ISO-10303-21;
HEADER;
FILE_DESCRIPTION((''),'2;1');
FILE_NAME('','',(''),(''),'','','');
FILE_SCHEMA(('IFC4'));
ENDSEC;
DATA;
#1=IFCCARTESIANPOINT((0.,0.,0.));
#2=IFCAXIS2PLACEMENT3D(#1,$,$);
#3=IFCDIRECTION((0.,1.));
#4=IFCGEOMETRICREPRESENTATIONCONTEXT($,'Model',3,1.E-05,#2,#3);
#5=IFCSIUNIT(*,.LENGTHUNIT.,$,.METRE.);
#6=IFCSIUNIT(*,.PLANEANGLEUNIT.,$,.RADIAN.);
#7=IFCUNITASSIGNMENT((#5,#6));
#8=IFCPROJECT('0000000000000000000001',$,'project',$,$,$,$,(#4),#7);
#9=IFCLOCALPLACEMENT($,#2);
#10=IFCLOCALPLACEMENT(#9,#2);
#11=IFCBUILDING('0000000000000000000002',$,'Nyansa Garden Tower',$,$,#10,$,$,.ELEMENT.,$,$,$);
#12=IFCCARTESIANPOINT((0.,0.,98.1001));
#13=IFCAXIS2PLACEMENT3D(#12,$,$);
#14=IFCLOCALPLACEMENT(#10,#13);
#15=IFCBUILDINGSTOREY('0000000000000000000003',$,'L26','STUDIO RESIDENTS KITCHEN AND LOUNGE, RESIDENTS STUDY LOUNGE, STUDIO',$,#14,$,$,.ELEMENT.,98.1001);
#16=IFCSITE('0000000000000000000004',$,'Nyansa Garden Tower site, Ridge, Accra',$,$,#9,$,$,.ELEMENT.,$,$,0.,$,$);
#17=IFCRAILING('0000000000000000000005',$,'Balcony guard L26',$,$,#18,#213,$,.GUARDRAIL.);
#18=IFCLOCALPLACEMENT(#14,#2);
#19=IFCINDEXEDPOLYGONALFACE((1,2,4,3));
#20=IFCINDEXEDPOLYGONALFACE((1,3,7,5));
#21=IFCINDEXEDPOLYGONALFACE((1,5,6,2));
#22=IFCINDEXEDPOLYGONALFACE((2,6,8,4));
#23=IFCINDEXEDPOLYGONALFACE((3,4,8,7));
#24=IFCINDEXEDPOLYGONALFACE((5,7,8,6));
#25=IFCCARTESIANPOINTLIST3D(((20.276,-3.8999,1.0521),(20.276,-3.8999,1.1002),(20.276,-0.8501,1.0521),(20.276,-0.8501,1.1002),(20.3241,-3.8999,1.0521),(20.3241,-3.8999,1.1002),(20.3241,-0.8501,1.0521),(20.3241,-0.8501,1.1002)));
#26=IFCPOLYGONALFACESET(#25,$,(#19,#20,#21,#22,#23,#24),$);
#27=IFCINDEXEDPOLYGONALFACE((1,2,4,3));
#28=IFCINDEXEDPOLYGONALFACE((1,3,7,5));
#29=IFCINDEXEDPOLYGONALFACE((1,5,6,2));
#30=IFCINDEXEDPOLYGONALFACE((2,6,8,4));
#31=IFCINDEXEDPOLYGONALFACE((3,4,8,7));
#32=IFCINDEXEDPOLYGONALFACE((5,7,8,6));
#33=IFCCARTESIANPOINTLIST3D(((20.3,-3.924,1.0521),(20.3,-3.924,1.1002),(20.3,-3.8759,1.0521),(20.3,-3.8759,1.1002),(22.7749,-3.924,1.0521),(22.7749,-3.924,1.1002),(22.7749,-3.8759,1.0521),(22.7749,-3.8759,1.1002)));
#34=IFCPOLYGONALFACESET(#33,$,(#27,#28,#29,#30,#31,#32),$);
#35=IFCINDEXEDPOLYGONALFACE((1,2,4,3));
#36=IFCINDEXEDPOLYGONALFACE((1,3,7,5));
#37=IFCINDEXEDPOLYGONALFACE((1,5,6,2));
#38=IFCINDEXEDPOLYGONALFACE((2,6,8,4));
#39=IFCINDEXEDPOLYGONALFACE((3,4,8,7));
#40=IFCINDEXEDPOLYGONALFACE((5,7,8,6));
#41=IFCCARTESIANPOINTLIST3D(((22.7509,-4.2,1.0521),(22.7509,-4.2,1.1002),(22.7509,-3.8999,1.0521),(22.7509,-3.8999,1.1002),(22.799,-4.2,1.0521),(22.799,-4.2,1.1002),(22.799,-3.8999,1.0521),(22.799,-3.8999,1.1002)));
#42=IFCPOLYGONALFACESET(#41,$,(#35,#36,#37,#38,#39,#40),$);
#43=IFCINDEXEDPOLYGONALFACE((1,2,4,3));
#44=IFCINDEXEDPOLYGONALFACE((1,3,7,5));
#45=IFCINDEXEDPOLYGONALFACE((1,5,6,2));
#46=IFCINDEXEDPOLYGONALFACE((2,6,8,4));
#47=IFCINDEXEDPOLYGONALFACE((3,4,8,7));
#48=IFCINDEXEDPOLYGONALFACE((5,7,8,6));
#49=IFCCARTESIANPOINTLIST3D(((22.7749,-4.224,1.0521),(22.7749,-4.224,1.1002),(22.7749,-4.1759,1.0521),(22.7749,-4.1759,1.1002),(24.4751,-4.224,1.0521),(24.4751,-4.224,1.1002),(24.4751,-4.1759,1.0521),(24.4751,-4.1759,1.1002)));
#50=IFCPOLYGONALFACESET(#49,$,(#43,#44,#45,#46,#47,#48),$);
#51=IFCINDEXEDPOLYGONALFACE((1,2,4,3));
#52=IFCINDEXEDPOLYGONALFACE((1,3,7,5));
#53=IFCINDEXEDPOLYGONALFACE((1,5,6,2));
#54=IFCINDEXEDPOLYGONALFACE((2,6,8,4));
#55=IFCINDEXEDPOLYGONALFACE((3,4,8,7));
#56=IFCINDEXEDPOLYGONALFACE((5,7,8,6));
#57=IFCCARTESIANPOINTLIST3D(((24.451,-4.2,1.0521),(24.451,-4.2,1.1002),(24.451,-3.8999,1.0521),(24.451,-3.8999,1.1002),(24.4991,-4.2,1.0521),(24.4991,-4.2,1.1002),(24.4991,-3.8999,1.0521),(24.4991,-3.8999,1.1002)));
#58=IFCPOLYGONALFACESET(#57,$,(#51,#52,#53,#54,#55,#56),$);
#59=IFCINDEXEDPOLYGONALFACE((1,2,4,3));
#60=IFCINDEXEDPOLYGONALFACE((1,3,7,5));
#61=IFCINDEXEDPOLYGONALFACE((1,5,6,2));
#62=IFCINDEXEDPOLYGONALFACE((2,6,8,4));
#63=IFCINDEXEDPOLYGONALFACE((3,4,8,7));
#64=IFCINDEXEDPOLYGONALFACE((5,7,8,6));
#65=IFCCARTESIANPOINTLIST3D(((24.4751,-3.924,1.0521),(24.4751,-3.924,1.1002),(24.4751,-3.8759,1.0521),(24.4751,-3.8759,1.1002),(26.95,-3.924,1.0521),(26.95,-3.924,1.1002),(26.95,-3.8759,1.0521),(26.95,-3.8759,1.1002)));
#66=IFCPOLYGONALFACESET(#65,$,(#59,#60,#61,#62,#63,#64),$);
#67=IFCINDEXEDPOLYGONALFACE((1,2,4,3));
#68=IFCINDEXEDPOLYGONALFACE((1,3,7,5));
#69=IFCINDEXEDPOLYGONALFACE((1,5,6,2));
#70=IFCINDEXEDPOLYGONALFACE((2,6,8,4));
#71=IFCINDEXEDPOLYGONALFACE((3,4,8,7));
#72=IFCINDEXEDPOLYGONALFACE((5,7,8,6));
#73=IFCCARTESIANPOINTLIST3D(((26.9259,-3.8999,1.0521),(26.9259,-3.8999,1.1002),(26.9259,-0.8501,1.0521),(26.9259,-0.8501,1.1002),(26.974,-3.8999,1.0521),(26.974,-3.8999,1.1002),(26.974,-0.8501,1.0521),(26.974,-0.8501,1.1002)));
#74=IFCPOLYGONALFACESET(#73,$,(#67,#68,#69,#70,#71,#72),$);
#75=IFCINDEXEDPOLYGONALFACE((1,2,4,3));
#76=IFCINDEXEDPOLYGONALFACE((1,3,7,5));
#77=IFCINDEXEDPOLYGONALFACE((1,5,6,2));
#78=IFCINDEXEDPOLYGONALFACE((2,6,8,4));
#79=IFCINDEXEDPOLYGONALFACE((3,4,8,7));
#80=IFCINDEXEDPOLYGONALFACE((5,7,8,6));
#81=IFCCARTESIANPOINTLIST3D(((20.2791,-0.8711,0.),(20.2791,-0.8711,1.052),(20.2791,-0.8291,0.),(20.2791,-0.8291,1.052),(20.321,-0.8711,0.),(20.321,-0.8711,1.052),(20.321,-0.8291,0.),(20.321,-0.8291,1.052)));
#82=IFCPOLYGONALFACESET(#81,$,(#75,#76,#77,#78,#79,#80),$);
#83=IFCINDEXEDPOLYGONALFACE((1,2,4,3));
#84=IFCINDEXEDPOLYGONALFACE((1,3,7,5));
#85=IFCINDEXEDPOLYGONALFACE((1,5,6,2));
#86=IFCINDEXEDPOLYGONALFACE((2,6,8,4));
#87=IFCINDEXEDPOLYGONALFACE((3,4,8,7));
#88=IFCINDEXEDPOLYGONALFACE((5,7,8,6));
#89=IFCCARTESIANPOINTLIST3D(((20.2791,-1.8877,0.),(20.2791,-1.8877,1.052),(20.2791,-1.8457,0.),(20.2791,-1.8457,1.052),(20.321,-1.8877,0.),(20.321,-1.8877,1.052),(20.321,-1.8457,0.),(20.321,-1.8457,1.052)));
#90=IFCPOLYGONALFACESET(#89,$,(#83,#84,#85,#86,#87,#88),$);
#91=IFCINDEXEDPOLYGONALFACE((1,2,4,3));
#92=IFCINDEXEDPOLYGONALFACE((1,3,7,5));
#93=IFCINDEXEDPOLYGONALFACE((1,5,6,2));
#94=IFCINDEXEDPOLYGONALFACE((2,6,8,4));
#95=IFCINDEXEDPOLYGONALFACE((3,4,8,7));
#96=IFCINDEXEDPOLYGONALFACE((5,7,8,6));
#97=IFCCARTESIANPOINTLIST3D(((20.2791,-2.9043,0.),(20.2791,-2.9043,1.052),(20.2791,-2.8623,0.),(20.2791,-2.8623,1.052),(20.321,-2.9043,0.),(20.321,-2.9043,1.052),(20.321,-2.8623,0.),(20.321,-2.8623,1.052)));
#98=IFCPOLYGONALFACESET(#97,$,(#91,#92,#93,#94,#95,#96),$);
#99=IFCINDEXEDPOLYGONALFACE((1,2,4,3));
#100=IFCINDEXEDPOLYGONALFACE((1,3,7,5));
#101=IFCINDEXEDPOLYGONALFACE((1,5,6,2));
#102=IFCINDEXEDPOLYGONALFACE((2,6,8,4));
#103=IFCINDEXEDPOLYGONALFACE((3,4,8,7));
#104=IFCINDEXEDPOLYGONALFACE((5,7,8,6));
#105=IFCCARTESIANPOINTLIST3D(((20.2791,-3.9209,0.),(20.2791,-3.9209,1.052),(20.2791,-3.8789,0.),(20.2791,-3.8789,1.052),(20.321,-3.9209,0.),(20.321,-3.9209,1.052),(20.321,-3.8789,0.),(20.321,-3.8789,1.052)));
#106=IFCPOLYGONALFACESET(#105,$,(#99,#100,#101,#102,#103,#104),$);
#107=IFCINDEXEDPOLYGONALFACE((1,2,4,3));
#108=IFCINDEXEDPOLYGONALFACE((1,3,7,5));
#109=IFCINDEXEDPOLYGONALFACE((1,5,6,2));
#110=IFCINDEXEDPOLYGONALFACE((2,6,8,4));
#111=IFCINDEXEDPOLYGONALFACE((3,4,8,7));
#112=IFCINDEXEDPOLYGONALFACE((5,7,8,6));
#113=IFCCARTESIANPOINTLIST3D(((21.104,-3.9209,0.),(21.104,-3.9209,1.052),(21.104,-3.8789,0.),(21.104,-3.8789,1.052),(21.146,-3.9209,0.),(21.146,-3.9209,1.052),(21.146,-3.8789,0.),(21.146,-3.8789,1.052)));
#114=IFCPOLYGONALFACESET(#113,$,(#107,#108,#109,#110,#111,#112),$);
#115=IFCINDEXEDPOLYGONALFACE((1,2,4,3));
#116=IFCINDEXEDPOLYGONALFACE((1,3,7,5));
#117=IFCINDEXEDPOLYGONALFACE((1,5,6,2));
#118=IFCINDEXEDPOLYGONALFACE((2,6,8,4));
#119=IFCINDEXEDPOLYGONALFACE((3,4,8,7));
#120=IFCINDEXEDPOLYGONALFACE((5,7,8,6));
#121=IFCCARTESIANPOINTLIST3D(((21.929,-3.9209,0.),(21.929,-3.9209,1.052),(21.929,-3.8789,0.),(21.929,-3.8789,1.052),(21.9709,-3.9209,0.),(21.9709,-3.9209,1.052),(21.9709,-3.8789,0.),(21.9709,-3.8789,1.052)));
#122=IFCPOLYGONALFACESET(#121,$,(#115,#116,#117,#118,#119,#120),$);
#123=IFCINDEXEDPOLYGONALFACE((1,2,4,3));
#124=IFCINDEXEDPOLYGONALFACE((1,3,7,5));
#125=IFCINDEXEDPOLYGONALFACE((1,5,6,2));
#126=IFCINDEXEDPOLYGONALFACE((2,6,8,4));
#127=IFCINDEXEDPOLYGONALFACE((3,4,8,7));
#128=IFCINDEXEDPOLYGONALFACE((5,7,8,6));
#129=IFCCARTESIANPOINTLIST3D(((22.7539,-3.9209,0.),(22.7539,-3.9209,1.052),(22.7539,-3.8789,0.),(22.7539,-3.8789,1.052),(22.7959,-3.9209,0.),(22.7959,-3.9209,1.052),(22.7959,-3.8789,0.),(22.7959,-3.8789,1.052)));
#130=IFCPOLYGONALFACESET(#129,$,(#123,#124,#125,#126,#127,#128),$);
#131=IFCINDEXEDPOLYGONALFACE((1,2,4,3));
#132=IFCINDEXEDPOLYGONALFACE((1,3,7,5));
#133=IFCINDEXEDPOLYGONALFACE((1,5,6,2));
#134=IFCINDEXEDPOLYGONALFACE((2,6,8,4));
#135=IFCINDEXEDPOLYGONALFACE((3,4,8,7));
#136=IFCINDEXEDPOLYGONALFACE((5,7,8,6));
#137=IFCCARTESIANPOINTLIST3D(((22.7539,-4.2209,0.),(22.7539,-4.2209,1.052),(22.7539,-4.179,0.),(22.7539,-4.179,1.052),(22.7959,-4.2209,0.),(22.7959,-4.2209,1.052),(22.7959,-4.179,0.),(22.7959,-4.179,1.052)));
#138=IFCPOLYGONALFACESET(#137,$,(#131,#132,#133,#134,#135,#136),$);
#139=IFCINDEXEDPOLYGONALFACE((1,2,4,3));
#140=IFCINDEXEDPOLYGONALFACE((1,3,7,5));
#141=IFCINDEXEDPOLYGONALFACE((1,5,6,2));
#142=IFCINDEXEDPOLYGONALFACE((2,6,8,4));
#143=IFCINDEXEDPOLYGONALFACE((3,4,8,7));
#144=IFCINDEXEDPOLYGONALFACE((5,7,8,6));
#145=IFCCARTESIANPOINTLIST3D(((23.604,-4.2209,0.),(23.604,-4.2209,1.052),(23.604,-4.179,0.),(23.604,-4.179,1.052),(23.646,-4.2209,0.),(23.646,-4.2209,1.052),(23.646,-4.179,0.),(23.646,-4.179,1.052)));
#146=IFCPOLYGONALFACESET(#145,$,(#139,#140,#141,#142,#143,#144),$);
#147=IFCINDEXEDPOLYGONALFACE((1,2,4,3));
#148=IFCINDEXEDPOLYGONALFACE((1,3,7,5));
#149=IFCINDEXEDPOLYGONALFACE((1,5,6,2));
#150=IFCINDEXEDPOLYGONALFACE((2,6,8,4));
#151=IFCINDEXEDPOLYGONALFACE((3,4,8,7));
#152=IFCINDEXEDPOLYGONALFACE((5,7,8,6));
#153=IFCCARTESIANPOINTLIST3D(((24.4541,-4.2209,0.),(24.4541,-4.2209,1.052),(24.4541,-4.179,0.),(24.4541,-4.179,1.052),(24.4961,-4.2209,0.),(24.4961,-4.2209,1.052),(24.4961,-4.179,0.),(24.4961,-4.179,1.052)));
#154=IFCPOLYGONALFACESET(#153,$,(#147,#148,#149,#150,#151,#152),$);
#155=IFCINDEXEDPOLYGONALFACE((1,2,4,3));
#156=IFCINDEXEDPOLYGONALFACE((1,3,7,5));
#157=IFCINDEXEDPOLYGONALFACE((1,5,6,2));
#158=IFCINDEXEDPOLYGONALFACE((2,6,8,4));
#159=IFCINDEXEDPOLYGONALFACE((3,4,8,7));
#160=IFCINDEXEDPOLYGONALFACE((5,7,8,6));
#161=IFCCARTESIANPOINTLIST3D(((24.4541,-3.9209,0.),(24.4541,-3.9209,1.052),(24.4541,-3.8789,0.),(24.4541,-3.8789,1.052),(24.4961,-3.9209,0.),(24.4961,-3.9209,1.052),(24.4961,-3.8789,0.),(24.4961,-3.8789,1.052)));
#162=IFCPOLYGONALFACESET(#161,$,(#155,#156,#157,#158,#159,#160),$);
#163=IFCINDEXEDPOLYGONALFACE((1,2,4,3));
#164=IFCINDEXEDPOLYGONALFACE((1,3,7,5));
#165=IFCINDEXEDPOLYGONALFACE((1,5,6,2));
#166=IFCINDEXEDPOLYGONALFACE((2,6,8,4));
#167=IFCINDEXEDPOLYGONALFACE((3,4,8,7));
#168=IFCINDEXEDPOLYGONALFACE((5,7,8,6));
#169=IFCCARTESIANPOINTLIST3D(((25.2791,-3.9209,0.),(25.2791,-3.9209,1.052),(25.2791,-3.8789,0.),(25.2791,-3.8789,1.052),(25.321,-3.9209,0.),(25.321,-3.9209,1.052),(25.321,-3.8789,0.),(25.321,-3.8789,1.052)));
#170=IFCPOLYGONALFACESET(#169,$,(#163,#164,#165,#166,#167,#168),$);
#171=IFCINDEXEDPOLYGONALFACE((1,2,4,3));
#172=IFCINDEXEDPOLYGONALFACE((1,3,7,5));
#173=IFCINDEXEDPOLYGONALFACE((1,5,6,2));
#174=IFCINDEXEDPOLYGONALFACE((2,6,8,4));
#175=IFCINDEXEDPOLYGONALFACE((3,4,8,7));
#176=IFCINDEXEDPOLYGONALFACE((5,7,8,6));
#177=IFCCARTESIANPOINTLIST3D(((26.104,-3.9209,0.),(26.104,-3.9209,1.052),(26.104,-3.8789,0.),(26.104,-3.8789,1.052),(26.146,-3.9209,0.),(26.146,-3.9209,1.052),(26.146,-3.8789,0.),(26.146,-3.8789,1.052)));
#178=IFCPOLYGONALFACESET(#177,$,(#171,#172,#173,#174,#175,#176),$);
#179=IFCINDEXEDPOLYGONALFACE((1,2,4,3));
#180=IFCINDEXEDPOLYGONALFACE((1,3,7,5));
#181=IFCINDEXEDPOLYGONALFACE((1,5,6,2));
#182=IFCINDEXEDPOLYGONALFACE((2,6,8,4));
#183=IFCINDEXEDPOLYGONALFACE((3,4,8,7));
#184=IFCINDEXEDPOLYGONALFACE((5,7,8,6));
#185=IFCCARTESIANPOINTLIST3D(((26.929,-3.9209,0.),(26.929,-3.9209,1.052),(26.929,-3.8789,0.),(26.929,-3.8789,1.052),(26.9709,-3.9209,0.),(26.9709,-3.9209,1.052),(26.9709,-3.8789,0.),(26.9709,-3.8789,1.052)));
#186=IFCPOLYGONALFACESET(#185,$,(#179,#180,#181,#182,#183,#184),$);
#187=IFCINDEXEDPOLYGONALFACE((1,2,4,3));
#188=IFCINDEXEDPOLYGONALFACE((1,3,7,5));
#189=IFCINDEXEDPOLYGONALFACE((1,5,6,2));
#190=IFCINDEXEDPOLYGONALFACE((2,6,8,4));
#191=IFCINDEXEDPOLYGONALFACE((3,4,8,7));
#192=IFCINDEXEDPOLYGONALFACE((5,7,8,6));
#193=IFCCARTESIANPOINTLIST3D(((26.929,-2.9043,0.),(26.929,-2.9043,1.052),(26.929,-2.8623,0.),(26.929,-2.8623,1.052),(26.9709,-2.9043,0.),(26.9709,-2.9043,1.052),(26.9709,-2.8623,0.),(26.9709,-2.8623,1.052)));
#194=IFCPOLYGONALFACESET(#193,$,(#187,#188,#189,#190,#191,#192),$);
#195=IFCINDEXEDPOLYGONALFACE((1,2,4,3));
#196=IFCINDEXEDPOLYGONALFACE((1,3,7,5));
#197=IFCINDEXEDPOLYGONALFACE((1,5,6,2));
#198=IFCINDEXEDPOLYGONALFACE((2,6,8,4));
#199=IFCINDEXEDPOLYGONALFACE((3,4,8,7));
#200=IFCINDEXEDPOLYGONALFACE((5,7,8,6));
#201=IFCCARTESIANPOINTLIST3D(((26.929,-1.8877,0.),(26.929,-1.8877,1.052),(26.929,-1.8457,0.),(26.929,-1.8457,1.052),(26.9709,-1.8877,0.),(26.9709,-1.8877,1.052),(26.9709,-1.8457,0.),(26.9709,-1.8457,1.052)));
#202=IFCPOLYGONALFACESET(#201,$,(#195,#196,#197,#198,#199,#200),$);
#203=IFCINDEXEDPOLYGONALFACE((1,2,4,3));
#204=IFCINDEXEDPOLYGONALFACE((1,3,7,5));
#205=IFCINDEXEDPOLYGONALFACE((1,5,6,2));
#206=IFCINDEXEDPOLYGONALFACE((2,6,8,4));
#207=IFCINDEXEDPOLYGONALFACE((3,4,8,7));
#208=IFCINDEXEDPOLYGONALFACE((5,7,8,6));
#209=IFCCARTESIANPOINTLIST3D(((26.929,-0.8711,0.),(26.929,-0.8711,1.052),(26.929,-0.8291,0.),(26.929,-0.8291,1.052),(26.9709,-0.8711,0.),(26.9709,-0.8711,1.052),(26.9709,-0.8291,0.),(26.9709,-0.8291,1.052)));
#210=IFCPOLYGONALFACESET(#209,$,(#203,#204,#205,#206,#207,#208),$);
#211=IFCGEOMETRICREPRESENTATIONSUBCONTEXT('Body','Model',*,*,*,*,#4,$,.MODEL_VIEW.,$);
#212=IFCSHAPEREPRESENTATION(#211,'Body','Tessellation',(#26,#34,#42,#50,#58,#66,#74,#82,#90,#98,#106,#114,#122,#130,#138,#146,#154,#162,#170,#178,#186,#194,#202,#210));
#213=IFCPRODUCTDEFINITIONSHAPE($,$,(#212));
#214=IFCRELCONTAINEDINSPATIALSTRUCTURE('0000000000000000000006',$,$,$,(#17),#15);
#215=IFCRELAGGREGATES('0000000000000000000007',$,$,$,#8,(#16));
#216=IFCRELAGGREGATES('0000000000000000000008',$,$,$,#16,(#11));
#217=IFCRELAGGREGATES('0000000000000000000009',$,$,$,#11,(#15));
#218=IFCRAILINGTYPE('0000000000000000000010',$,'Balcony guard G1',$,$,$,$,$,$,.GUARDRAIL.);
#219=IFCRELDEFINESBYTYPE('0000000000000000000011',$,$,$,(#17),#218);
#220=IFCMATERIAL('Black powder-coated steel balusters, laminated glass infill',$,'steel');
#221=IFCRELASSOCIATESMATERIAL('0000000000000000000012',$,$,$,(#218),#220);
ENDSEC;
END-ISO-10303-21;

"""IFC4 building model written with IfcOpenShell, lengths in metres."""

from ifc_helpers import new_model, si_unit, direction, frame, origin, origin_2d, place, context, subcontext, project, spatial, rectangle, extrude, material, type_object, element, save


model = new_model("IFC4")

# Units and contexts
model_context = context("Model", 3, precision=1e-05, world=origin(), true_north=direction((0.0, 1.0)))
body_context = subcontext(model_context, "Body", "Model", "MODEL_VIEW")
ifc_project = project(units=[si_unit("LENGTHUNIT", "METRE"), si_unit("PLANEANGLEUNIT", "RADIAN")], contexts=[model_context])

# Site, building, storey
site_placement = place(None, origin())
site = spatial("IfcSite", under=ifc_project, at=site_placement, Name="Nyansa Garden Tower site, Ridge, Accra", CompositionType="ELEMENT", RefElevation=0.0)
building_placement = place(site_placement, origin())
building = spatial("IfcBuilding", under=site, at=building_placement, Name="Nyansa Garden Tower", CompositionType="ELEMENT")
storey_placement = place(building_placement, frame((0.0, 0.0, 98.1001)))
storey = spatial("IfcBuildingStorey", under=building, at=storey_placement, Name="L26", Description="STUDIO RESIDENTS KITCHEN AND LOUNGE, RESIDENTS STUDY LOUNGE, STUDIO", CompositionType="ELEMENT", Elevation=98.1001)

# Railing
ifc_material_1 = material(Name="Black powder-coated steel balusters, laminated glass infill", Category="steel")
railing_type = type_object("IfcRailingType", Name="Balcony guard G1", PredefinedType="GUARDRAIL", material=ifc_material_1)
railing_placement = place(storey_placement, frame((20.3, -0.8501, 0.0)))
element("IfcRailing", 1, at=railing_placement, inside=storey, type_object=railing_type, Name="Balcony guard L26", PredefinedType="GUARDRAIL", context=body_context, shape_type="SweptSolid", body=[
    extrude(rectangle(XDim=0.0481, YDim=0.0481, at=origin_2d()), frame((0.0, 0.0, 1.0762), z_axis=(0.0, -1.0, 0.0), x_axis=(1.0, 0.0, 0.0)), (0.0, 0.0, 1.0), 3.0498),
    extrude(rectangle(XDim=0.0481, YDim=0.0481, at=origin_2d()), frame((0.0, -3.0498, 1.0762), z_axis=(1.0, 0.0, 0.0), x_axis=(0.0, 1.0, 0.0)), (0.0, 0.0, 1.0), 2.4749),
    extrude(rectangle(XDim=0.0481, YDim=0.0481, at=origin_2d()), frame((2.4749, -3.0498, 1.0762), z_axis=(0.0, -1.0, 0.0), x_axis=(1.0, 0.0, 0.0)), (0.0, 0.0, 1.0), 0.3),
    extrude(rectangle(XDim=0.0481, YDim=0.0481, at=origin_2d()), frame((2.4749, -3.3499, 1.0762), z_axis=(1.0, 0.0, 0.0), x_axis=(0.0, 1.0, 0.0)), (0.0, 0.0, 1.0), 1.7002),
    extrude(rectangle(XDim=0.0481, YDim=0.0481, at=origin_2d()), frame((4.175, -3.3499, 1.0762), z_axis=(0.0, 1.0, 0.0), x_axis=(-1.0, 0.0, 0.0)), (0.0, 0.0, 1.0), 0.3),
    extrude(rectangle(XDim=0.0481, YDim=0.0481, at=origin_2d()), frame((4.175, -3.0498, 1.0762), z_axis=(1.0, 0.0, 0.0), x_axis=(0.0, 1.0, 0.0)), (0.0, 0.0, 1.0), 2.4749),
    extrude(rectangle(XDim=0.0481, YDim=0.0481, at=origin_2d()), frame((6.6499, -3.0498, 1.0762), z_axis=(0.0, 1.0, 0.0), x_axis=(-1.0, 0.0, 0.0)), (0.0, 0.0, 1.0), 3.0498),
    extrude(rectangle(XDim=0.042, YDim=0.042, at=origin_2d()), origin(), (0.0, 0.0, 1.0), 1.052),
    extrude(rectangle(XDim=0.042, YDim=0.042, at=origin_2d()), frame((0.0, -1.0166, 0.0)), (0.0, 0.0, 1.0), 1.052),
    extrude(rectangle(XDim=0.042, YDim=0.042, at=origin_2d()), frame((0.0, -2.0332, 0.0)), (0.0, 0.0, 1.0), 1.052),
    extrude(rectangle(XDim=0.042, YDim=0.042, at=origin_2d()), frame((0.0, -3.0498, 0.0)), (0.0, 0.0, 1.0), 1.052),
    extrude(rectangle(XDim=0.042, YDim=0.042, at=origin_2d()), frame((0.825, -3.0498, 0.0)), (0.0, 0.0, 1.0), 1.052),
    extrude(rectangle(XDim=0.042, YDim=0.042, at=origin_2d()), frame((1.6499, -3.0498, 0.0)), (0.0, 0.0, 1.0), 1.052),
    extrude(rectangle(XDim=0.042, YDim=0.042, at=origin_2d()), frame((2.4749, -3.0498, 0.0)), (0.0, 0.0, 1.0), 1.052),
    extrude(rectangle(XDim=0.042, YDim=0.042, at=origin_2d()), frame((2.4749, -3.3499, 0.0)), (0.0, 0.0, 1.0), 1.052),
    extrude(rectangle(XDim=0.042, YDim=0.042, at=origin_2d()), frame((3.325, -3.3499, 0.0)), (0.0, 0.0, 1.0), 1.052),
    extrude(rectangle(XDim=0.042, YDim=0.042, at=origin_2d()), frame((4.175, -3.3499, 0.0)), (0.0, 0.0, 1.0), 1.052),
    extrude(rectangle(XDim=0.042, YDim=0.042, at=origin_2d()), frame((4.175, -3.0498, 0.0)), (0.0, 0.0, 1.0), 1.052),
    extrude(rectangle(XDim=0.042, YDim=0.042, at=origin_2d()), frame((5.0, -3.0498, 0.0)), (0.0, 0.0, 1.0), 1.052),
    extrude(rectangle(XDim=0.042, YDim=0.042, at=origin_2d()), frame((5.825, -3.0498, 0.0)), (0.0, 0.0, 1.0), 1.052),
    extrude(rectangle(XDim=0.042, YDim=0.042, at=origin_2d()), frame((6.6499, -3.0498, 0.0)), (0.0, 0.0, 1.0), 1.052),
    extrude(rectangle(XDim=0.042, YDim=0.042, at=origin_2d()), frame((6.6499, -2.0332, 0.0)), (0.0, 0.0, 1.0), 1.052),
    extrude(rectangle(XDim=0.042, YDim=0.042, at=origin_2d()), frame((6.6499, -1.0166, 0.0)), (0.0, 0.0, 1.0), 1.052),
    extrude(rectangle(XDim=0.042, YDim=0.042, at=origin_2d()), frame((6.6499, 0.0, 0.0)), (0.0, 0.0, 1.0), 1.052),
])

save(model, "model.ifc")
